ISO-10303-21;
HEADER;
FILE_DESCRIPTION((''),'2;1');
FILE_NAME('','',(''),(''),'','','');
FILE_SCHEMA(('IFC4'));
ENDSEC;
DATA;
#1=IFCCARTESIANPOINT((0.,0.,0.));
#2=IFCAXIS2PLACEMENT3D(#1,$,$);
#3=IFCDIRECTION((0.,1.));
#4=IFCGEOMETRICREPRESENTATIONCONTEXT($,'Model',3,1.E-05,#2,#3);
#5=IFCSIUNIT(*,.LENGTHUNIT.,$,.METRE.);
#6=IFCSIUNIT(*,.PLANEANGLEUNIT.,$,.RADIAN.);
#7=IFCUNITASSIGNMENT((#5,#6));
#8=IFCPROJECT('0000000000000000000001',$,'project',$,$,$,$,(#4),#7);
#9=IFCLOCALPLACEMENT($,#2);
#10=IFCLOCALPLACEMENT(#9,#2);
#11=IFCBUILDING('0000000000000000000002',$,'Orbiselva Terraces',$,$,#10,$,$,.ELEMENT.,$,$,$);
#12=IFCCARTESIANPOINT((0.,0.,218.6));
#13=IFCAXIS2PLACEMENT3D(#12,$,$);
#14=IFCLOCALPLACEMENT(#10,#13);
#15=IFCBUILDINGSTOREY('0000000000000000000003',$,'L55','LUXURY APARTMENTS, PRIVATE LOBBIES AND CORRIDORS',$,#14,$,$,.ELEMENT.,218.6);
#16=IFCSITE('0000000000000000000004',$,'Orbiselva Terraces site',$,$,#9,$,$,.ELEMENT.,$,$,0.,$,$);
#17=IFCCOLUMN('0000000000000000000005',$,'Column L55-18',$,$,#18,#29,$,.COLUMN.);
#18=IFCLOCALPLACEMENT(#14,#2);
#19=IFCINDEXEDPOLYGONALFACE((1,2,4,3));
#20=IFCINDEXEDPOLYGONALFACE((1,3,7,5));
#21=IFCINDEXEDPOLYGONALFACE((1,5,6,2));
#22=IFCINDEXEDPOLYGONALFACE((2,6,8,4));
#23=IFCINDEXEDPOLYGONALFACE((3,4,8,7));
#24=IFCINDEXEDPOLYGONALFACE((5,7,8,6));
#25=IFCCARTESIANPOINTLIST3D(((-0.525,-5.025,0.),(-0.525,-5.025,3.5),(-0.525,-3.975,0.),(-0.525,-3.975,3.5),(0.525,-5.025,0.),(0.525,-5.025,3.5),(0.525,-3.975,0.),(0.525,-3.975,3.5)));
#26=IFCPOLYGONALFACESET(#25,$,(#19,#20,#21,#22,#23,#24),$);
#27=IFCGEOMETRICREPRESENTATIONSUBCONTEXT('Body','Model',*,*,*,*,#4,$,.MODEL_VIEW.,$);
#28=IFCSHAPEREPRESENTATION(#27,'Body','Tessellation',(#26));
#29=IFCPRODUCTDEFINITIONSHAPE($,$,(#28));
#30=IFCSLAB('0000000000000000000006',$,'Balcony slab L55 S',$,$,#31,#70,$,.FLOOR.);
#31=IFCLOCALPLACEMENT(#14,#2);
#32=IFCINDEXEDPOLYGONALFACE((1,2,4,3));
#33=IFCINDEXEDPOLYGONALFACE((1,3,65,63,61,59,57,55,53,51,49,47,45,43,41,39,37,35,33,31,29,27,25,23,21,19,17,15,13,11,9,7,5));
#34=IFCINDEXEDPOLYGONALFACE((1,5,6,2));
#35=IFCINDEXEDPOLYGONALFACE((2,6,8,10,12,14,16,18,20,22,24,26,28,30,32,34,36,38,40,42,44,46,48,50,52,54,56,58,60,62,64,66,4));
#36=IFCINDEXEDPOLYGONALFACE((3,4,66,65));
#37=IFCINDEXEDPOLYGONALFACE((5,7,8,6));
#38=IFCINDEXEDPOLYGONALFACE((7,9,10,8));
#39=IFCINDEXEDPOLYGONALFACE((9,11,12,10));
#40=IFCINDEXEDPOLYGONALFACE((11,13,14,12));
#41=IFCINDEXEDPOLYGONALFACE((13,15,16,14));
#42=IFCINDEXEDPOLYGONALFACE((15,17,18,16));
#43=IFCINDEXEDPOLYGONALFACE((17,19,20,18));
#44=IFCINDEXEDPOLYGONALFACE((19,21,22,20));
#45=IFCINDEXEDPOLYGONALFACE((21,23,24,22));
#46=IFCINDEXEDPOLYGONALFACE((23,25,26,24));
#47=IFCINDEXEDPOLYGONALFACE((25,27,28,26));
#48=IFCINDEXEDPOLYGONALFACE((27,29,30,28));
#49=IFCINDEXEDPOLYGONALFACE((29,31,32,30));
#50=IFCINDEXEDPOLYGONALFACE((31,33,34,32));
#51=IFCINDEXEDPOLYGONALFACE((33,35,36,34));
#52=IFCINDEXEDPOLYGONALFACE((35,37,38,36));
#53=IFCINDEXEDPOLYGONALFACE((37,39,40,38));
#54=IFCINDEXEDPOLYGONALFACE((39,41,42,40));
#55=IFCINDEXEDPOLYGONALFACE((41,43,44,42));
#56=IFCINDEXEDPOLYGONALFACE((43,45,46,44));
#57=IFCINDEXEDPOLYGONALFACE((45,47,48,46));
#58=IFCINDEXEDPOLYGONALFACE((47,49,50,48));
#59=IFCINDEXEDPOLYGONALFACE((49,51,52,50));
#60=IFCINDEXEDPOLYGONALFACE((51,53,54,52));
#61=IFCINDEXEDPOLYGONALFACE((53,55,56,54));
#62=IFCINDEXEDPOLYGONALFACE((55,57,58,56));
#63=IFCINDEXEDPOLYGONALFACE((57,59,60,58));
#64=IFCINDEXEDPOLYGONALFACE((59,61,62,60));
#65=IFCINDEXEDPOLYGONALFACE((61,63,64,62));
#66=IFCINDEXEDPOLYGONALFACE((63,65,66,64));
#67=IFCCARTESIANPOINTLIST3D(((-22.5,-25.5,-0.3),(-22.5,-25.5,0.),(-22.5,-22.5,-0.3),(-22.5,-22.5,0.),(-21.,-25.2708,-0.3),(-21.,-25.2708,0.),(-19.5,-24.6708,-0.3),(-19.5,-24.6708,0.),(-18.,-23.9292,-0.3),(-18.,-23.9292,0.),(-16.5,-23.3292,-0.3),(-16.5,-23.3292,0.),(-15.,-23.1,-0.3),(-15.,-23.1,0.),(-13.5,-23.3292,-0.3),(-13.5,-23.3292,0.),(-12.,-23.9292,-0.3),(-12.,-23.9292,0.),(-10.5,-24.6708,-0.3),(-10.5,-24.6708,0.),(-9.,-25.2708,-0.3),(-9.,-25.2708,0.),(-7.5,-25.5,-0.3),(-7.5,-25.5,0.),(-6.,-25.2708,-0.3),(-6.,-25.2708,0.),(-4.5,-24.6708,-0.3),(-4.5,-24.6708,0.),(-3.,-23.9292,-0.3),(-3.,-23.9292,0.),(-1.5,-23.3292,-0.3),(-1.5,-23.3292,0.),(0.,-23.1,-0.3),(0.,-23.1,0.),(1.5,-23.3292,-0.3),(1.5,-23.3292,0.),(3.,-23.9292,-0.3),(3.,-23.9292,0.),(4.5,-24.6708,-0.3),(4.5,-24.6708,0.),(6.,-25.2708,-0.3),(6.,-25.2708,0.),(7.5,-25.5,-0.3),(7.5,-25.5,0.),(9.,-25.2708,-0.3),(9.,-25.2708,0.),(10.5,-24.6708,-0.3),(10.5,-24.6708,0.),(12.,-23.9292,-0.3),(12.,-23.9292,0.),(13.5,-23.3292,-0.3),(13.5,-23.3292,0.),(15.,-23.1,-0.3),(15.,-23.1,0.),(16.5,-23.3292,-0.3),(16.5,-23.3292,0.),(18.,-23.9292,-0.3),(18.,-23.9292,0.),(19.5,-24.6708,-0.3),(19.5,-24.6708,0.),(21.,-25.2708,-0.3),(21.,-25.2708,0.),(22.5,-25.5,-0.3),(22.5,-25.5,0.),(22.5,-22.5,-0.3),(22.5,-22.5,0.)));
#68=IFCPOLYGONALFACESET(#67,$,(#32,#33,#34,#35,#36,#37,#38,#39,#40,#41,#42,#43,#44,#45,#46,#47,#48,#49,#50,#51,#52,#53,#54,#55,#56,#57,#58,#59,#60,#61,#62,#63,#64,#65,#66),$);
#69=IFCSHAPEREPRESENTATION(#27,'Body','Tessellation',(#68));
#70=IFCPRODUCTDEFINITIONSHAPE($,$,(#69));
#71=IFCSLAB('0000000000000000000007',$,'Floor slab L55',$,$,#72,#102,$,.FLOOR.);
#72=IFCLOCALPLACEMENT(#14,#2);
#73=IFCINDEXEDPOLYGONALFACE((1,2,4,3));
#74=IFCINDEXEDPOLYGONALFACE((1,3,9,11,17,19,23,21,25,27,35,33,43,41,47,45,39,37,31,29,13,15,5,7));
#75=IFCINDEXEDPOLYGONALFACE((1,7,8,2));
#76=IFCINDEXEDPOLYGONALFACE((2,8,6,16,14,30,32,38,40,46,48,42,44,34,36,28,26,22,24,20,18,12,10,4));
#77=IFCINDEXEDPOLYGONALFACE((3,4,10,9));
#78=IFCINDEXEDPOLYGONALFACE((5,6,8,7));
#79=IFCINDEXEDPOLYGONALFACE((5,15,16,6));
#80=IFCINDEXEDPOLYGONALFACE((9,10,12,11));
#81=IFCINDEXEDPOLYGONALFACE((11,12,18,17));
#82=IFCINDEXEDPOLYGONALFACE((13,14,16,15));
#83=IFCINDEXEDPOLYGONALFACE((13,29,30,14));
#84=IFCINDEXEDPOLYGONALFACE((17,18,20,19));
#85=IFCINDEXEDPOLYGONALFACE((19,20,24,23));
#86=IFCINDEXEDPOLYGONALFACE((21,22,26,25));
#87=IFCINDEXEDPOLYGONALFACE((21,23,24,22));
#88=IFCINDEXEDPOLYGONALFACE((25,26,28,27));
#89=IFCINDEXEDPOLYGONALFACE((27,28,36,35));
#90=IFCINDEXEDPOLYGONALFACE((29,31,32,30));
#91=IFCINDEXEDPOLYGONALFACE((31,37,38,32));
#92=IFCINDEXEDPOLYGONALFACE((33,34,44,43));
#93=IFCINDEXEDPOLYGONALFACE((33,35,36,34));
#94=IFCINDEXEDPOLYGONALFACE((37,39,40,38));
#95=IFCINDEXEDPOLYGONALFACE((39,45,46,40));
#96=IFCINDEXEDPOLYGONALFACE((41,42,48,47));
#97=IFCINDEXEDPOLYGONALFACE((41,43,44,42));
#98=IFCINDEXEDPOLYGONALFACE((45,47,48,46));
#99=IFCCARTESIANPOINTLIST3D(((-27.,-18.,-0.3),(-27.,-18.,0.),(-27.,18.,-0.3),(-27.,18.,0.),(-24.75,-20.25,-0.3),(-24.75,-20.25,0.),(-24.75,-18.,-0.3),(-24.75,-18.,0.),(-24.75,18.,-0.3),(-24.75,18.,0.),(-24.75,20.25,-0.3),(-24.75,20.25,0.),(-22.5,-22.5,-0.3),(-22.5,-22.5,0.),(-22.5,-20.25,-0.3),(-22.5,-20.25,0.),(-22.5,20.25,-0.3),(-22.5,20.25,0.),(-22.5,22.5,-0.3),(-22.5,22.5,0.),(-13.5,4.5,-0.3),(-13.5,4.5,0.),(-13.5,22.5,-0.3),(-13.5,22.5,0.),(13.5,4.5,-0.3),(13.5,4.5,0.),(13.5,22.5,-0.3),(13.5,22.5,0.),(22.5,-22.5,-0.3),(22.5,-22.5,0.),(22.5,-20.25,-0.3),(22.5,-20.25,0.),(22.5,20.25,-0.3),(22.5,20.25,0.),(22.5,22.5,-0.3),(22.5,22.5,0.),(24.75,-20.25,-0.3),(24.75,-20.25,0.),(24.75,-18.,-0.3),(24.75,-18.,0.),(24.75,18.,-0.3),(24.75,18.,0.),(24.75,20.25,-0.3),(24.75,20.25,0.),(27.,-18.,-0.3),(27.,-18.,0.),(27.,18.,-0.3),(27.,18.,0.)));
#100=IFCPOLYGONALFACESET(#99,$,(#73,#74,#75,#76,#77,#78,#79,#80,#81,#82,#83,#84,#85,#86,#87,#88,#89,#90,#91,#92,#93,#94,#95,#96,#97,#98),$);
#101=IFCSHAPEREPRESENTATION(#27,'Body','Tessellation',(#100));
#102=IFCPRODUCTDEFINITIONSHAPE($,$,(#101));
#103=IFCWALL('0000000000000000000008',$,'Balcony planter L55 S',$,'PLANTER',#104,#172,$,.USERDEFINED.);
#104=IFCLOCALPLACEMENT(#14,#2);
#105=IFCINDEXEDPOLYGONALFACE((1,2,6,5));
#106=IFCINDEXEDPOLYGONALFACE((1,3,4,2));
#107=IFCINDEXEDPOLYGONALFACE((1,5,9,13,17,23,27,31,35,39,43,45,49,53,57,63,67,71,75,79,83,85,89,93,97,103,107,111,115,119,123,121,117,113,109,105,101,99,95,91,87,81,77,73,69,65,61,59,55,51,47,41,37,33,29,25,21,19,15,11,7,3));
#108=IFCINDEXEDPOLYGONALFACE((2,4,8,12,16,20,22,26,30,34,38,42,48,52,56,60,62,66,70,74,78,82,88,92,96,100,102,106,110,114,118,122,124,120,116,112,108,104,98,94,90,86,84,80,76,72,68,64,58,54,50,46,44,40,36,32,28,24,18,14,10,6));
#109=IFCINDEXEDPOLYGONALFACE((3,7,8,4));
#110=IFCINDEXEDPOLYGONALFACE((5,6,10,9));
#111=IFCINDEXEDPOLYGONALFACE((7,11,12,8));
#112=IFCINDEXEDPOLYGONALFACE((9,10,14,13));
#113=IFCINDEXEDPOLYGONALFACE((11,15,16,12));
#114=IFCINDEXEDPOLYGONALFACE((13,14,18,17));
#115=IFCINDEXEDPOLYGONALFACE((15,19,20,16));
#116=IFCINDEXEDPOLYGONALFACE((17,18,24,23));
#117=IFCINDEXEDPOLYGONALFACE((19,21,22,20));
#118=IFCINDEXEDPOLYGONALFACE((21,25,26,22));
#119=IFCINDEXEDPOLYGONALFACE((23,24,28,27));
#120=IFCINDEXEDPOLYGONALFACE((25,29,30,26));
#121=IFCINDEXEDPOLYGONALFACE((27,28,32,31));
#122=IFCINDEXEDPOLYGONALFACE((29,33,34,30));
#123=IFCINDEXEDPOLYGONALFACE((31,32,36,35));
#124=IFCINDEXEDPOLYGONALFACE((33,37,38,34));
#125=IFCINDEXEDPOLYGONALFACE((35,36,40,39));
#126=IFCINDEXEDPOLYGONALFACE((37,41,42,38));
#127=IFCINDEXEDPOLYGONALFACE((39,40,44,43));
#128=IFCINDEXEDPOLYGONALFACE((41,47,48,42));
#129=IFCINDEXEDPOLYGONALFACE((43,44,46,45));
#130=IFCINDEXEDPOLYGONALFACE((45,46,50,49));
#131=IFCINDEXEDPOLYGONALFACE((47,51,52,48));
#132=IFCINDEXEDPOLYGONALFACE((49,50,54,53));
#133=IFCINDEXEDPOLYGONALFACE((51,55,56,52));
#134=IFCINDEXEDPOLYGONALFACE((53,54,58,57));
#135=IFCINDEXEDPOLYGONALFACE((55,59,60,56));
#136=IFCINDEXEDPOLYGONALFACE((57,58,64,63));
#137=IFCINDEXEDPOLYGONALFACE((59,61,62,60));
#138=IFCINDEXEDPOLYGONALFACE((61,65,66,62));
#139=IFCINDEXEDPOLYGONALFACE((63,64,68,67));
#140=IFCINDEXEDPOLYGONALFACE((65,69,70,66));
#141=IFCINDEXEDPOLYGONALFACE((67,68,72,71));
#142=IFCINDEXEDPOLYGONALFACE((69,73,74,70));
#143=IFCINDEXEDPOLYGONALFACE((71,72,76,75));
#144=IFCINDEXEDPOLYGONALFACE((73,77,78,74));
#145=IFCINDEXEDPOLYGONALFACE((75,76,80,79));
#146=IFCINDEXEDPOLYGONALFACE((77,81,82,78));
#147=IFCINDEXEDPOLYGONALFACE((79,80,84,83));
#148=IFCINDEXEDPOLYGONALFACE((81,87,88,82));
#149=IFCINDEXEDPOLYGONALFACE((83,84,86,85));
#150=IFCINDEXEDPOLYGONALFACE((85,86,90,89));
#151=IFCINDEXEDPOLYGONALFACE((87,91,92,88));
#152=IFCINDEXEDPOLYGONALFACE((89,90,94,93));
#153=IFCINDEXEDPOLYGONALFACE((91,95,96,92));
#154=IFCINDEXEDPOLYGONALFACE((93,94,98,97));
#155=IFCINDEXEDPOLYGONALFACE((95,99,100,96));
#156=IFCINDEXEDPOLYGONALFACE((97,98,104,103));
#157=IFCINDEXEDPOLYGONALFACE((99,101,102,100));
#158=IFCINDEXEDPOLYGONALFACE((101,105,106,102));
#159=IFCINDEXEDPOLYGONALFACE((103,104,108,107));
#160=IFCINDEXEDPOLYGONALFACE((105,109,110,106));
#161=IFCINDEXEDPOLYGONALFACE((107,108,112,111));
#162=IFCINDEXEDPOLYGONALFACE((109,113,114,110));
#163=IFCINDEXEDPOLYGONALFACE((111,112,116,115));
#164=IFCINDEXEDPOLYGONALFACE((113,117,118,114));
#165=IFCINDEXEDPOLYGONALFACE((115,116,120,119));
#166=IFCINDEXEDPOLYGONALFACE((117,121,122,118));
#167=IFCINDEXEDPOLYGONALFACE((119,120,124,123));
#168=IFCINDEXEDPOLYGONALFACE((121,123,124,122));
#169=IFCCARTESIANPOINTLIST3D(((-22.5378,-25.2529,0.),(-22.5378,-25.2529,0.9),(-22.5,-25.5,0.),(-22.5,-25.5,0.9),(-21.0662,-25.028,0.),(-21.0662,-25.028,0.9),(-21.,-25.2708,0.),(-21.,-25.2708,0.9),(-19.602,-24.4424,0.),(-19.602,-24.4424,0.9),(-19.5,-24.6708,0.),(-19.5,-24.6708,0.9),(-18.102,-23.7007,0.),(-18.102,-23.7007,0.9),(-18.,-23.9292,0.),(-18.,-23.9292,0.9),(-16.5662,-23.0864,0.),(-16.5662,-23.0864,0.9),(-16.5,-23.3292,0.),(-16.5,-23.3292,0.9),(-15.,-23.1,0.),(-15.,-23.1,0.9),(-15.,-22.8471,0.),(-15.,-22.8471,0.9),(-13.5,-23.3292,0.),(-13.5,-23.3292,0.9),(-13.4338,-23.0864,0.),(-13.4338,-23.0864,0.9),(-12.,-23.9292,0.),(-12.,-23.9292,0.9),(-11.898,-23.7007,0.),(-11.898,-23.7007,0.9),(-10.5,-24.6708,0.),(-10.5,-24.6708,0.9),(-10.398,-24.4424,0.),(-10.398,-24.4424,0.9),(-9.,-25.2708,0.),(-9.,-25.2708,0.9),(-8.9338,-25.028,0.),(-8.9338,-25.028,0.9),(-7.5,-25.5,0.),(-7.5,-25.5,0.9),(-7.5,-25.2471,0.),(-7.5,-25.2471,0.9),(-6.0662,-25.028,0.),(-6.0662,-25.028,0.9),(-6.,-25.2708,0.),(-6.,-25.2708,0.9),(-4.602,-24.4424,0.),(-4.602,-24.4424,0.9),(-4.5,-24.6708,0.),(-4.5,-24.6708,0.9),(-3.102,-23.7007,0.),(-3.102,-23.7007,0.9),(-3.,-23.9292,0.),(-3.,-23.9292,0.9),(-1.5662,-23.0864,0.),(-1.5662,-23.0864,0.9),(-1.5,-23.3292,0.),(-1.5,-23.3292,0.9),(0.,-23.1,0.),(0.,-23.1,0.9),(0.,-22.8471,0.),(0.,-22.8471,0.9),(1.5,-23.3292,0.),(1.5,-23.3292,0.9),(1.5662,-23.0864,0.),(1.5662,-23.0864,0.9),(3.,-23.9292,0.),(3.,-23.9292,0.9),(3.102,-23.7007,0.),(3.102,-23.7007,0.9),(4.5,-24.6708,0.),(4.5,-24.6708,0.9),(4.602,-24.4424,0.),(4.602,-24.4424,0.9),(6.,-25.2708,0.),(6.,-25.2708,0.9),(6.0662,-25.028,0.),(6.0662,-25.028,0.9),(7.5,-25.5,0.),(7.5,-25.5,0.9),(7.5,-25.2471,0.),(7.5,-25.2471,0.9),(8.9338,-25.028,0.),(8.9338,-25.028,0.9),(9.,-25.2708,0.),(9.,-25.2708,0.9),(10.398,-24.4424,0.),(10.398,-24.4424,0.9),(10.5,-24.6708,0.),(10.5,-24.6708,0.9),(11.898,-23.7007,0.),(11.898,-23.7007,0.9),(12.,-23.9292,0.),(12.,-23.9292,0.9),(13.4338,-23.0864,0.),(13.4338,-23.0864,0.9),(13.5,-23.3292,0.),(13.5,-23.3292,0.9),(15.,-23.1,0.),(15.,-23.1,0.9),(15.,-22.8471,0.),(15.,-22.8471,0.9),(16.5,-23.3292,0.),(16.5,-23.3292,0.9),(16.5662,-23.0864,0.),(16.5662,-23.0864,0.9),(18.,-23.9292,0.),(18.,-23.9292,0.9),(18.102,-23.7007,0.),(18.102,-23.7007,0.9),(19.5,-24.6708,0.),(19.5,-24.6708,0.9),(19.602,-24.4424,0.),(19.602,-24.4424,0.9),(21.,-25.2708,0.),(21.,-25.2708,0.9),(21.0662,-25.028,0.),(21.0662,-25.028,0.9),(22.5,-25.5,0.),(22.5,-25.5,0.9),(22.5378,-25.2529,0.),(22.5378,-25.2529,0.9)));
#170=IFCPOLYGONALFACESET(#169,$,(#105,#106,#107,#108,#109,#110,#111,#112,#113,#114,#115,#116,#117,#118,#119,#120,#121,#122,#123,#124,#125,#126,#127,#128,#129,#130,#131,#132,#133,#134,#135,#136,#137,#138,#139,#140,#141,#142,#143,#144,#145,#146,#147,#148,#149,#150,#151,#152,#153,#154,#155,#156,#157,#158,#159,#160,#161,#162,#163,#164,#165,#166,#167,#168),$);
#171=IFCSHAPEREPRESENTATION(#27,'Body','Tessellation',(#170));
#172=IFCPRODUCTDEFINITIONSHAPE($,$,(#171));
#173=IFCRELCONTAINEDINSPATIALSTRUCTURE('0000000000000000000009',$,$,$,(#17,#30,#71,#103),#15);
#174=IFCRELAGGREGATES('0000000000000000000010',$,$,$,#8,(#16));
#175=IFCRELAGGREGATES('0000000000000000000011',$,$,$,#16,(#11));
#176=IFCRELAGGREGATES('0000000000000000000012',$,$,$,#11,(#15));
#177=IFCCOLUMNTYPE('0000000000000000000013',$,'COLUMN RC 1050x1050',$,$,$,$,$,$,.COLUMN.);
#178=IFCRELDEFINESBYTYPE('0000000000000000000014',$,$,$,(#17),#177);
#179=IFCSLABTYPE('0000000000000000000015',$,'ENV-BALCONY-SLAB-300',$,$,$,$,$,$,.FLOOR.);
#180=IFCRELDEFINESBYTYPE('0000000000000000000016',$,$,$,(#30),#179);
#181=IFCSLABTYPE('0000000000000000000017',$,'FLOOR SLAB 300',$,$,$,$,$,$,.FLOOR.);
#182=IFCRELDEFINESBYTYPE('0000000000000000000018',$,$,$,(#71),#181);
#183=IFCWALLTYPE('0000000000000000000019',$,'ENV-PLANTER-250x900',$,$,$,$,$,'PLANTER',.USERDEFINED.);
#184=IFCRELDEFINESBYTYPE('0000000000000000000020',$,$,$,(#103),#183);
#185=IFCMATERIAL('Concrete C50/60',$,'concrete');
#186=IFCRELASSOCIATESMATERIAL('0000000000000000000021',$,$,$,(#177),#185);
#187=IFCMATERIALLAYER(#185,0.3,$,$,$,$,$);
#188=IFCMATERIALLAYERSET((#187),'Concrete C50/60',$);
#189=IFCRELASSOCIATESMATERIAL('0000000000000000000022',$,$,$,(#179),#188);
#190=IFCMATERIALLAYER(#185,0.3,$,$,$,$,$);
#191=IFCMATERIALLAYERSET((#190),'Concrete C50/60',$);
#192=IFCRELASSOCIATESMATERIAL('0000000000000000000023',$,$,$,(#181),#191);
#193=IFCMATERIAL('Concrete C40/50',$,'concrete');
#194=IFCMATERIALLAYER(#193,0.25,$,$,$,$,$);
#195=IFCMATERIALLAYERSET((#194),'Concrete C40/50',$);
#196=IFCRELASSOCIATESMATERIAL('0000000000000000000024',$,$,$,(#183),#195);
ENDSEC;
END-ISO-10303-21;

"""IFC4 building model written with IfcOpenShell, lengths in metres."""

from ifc_helpers import new_model, si_unit, direction, frame, origin, origin_2d, place, context, subcontext, project, spatial, polyline, rectangle, outline, extrude, material, layer, layer_set, material_profile, profile_set, type_object, element, save


model = new_model("IFC4")

# Units and contexts
model_context = context("Model", 3, precision=1e-05, world=origin(), true_north=direction((0.0, 1.0)))
body_context = subcontext(model_context, "Body", "Model", "MODEL_VIEW")
ifc_project = project(units=[si_unit("LENGTHUNIT", "METRE"), si_unit("PLANEANGLEUNIT", "RADIAN")], contexts=[model_context])

# Site, building, storey
site_placement = place(None, origin())
site = spatial("IfcSite", under=ifc_project, at=site_placement, Name="Orbiselva Terraces site", CompositionType="ELEMENT", RefElevation=0.0)
building_placement = place(site_placement, origin())
building = spatial("IfcBuilding", under=site, at=building_placement, Name="Orbiselva Terraces", CompositionType="ELEMENT")
storey_placement = place(building_placement, frame((0.0, 0.0, 218.6)))
storey = spatial("IfcBuildingStorey", under=building, at=storey_placement, Name="L55", Description="LUXURY APARTMENTS, PRIVATE LOBBIES AND CORRIDORS", CompositionType="ELEMENT", Elevation=218.6)

# Column
ifc_material_1 = material(Name="Concrete C50/60", Category="concrete")
ifc_material_profile = material_profile(ifc_material_1, rectangle(XDim=1.05, YDim=1.05, at=origin_2d()), Name="RC 1050x1050")
ifc_profile_set = profile_set([ifc_material_profile], Name="Concrete C50/60")
column_type = type_object("IfcColumnType", Name="COLUMN RC 1050x1050", PredefinedType="COLUMN", material=ifc_profile_set)
column_placement = place(storey_placement, frame((0.0, -4.5, 0.0), z_axis=(0.0, 0.0, 1.0), x_axis=(1.0, 0.0, 0.0)))
element("IfcColumn", 1, at=column_placement, inside=storey, type_object=column_type, Name="Column L55-18", PredefinedType="COLUMN", context=body_context, shape_type="SweptSolid", body=[
    extrude(rectangle(XDim=1.05, YDim=1.05, at=origin_2d()), origin(), (0.0, 0.0, 1.0), 3.5),
])

# Slabs
ifc_layer_1 = layer(ifc_material_1, 0.3)
ifc_layer_set_1 = layer_set([ifc_layer_1], Name="Concrete C50/60")
slab_type_1 = type_object("IfcSlabType", Name="ENV-BALCONY-SLAB-300", PredefinedType="FLOOR", material=ifc_layer_set_1)
slab_1_placement = place(storey_placement, frame((0.0, 0.0, -0.3)))
element("IfcSlab", 2, at=slab_1_placement, inside=storey, type_object=slab_type_1, Name="Balcony slab L55 S", PredefinedType="FLOOR", context=body_context, shape_type="SweptSolid", body=[
    extrude(outline(polyline([(-22.5, -25.5), (-21.0, -25.2708), (-19.5, -24.6708), (-18.0, -23.9292), (-16.5, -23.3292), (-15.0, -23.1), (-13.5, -23.3292), (-12.0, -23.9292), (-10.5, -24.6708), (-9.0, -25.2708), (-7.5, -25.5), (-6.0, -25.2708), (-4.5, -24.6708), (-3.0, -23.9292), (-1.5, -23.3292), (0.0, -23.1), (1.5, -23.3292), (3.0, -23.9292), (4.5, -24.6708), (6.0, -25.2708), (7.5, -25.5), (9.0, -25.2708), (10.5, -24.6708), (12.0, -23.9292), (13.5, -23.3292), (15.0, -23.1), (16.5, -23.3292), (18.0, -23.9292), (19.5, -24.6708), (21.0, -25.2708), (22.5, -25.5), (22.5, -22.5), (-22.5, -22.5), (-22.5, -25.5)])), origin(), (0.0, 0.0, 1.0), 0.3),
])
ifc_layer_2 = layer(ifc_material_1, 0.3)
ifc_layer_set_2 = layer_set([ifc_layer_2], Name="Concrete C50/60")
slab_type_2 = type_object("IfcSlabType", Name="FLOOR SLAB 300", PredefinedType="FLOOR", material=ifc_layer_set_2)
slab_2_placement = place(storey_placement, frame((0.0, 0.0, -0.3)))
element("IfcSlab", 3, at=slab_2_placement, inside=storey, type_object=slab_type_2, Name="Floor slab L55", PredefinedType="FLOOR", context=body_context, shape_type="SweptSolid", body=[
    extrude(outline(polyline([(22.5, 22.5), (22.5, 20.25), (24.75, 20.25), (24.75, 18.0), (27.0, 18.0), (27.0, -18.0), (24.75, -18.0), (24.75, -20.25), (22.5, -20.25), (22.5, -22.5), (-22.5, -22.5), (-22.5, -20.25), (-24.75, -20.25), (-24.75, -18.0), (-27.0, -18.0), (-27.0, 18.0), (-24.75, 18.0), (-24.75, 20.25), (-22.5, 20.25), (-22.5, 22.5), (-13.5, 22.5), (-13.5, 4.5), (13.5, 4.5), (13.5, 22.5), (22.5, 22.5)])), origin(), (0.0, 0.0, 1.0), 0.3),
])

# Wall
ifc_material_2 = material(Name="Concrete C40/50", Category="concrete")
ifc_layer_3 = layer(ifc_material_2, 0.25)
ifc_layer_set_3 = layer_set([ifc_layer_3], Name="Concrete C40/50")
wall_type_1 = type_object("IfcWallType", Name="ENV-PLANTER-250x900", ElementType="PLANTER", PredefinedType="USERDEFINED", material=ifc_layer_set_3)
wall_1_placement = place(storey_placement, origin())
element("IfcWall", 4, at=wall_1_placement, inside=storey, type_object=wall_type_1, Name="Balcony planter L55 S", ObjectType="PLANTER", PredefinedType="USERDEFINED", context=body_context, shape_type="SweptSolid", body=[
    extrude(outline(polyline([(-22.5, -25.5), (-21.0, -25.2708), (-19.5, -24.6708), (-18.0, -23.9292), (-16.5, -23.3292), (-15.0, -23.1), (-13.5, -23.3292), (-12.0, -23.9292), (-10.5, -24.6708), (-9.0, -25.2708), (-7.5, -25.5), (-6.0, -25.2708), (-4.5, -24.6708), (-3.0, -23.9292), (-1.5, -23.3292), (0.0, -23.1), (1.5, -23.3292), (3.0, -23.9292), (4.5, -24.6708), (6.0, -25.2708), (7.5, -25.5), (9.0, -25.2708), (10.5, -24.6708), (12.0, -23.9292), (13.5, -23.3292), (15.0, -23.1), (16.5, -23.3292), (18.0, -23.9292), (19.5, -24.6708), (21.0, -25.2708), (22.5, -25.5), (22.5378, -25.2529), (21.0662, -25.028), (19.602, -24.4424), (18.102, -23.7007), (16.5662, -23.0864), (15.0, -22.8471), (13.4338, -23.0864), (11.898, -23.7007), (10.398, -24.4424), (8.9338, -25.028), (7.5, -25.2471), (6.0662, -25.028), (4.602, -24.4424), (3.102, -23.7007), (1.5662, -23.0864), (0.0, -22.8471), (-1.5662, -23.0864), (-3.102, -23.7007), (-4.602, -24.4424), (-6.0662, -25.028), (-7.5, -25.2471), (-8.9338, -25.028), (-10.398, -24.4424), (-11.898, -23.7007), (-13.4338, -23.0864), (-15.0, -22.8471), (-16.5662, -23.0864), (-18.102, -23.7007), (-19.602, -24.4424), (-21.0662, -25.028), (-22.5378, -25.2529), (-22.5, -25.5)])), origin(), (0.0, 0.0, 1.0), 0.9),
])

save(model, "model.ifc")
